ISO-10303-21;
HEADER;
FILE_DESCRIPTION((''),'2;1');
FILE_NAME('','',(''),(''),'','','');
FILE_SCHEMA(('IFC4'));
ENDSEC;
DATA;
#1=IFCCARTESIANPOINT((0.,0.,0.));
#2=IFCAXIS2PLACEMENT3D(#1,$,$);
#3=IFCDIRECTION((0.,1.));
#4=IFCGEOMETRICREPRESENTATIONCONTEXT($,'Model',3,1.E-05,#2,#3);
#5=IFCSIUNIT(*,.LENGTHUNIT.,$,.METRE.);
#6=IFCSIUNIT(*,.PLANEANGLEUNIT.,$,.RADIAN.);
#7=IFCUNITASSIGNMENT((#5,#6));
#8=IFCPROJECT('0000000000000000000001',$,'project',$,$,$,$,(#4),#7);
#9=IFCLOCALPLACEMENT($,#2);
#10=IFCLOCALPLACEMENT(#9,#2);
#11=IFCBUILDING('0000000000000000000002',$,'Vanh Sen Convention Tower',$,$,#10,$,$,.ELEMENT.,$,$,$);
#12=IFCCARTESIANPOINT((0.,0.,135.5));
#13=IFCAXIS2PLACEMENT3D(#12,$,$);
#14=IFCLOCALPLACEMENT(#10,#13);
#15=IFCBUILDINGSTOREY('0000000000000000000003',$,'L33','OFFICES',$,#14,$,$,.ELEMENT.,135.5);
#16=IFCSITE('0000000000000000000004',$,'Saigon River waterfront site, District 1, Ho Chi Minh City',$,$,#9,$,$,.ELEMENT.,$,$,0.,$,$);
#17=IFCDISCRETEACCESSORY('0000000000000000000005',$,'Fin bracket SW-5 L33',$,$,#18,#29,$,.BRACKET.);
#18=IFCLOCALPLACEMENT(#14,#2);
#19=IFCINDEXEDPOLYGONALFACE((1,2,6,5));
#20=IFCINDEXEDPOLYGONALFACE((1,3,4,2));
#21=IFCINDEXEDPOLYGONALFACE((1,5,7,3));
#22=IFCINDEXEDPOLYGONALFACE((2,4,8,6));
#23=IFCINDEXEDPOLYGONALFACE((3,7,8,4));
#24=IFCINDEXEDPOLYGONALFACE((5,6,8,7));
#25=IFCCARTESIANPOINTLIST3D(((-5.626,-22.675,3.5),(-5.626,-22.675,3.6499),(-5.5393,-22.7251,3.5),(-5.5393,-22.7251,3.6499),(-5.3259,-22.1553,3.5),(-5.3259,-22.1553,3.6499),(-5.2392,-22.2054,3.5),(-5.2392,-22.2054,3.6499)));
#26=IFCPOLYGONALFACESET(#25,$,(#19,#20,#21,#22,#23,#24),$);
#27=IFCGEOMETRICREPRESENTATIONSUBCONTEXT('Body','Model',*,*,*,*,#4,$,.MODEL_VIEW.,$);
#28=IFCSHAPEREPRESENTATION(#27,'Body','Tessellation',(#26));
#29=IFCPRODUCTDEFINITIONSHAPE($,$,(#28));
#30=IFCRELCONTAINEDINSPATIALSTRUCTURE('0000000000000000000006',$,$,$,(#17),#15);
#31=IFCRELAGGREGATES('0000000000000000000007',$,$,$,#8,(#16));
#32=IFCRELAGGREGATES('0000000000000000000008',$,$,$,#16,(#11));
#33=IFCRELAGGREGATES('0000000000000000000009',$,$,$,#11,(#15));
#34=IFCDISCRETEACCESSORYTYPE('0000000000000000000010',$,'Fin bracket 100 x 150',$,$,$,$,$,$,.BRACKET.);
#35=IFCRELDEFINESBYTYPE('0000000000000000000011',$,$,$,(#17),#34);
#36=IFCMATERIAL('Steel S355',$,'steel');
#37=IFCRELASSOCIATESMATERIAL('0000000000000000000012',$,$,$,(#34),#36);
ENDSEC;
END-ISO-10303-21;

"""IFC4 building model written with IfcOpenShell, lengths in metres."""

from ifc_helpers import new_model, si_unit, direction, frame, origin, origin_2d, place, context, subcontext, project, spatial, rectangle, extrude, material, type_object, element, save


model = new_model("IFC4")

# Units and contexts
model_context = context("Model", 3, precision=1e-05, world=origin(), true_north=direction((0.0, 1.0)))
body_context = subcontext(model_context, "Body", "Model", "MODEL_VIEW")
ifc_project = project(units=[si_unit("LENGTHUNIT", "METRE"), si_unit("PLANEANGLEUNIT", "RADIAN")], contexts=[model_context])

# Site, building, storey
site_placement = place(None, origin())
site = spatial("IfcSite", under=ifc_project, at=site_placement, Name="Saigon River waterfront site, District 1, Ho Chi Minh City", CompositionType="ELEMENT", RefElevation=0.0)
building_placement = place(site_placement, origin())
building = spatial("IfcBuilding", under=site, at=building_placement, Name="Vanh Sen Convention Tower", CompositionType="ELEMENT")
storey_placement = place(building_placement, frame((0.0, 0.0, 135.5)))
storey = spatial("IfcBuildingStorey", under=building, at=storey_placement, Name="L33", Description="OFFICES", CompositionType="ELEMENT", Elevation=135.5)

# Discrete accessory
ifc_material_1 = material(Name="Steel S355", Category="steel")
discrete_accessory_type = type_object("IfcDiscreteAccessoryType", Name="Fin bracket 100 x 150", PredefinedType="BRACKET", material=ifc_material_1)
discrete_accessory_placement = place(storey_placement, frame((-5.4326, -22.4402, 3.5), z_axis=(0.0, 0.0, 1.0), x_axis=(-0.5, -0.866025, 0.0)))
element("IfcDiscreteAccessory", 1, at=discrete_accessory_placement, inside=storey, type_object=discrete_accessory_type, Name="Fin bracket SW-5 L33", PredefinedType="BRACKET", context=body_context, shape_type="SweptSolid", body=[
    extrude(rectangle(XDim=0.6001, YDim=0.1001, at=origin_2d()), origin(), (0.0, 0.0, 1.0), 0.1499),
])

save(model, "model.ifc")
